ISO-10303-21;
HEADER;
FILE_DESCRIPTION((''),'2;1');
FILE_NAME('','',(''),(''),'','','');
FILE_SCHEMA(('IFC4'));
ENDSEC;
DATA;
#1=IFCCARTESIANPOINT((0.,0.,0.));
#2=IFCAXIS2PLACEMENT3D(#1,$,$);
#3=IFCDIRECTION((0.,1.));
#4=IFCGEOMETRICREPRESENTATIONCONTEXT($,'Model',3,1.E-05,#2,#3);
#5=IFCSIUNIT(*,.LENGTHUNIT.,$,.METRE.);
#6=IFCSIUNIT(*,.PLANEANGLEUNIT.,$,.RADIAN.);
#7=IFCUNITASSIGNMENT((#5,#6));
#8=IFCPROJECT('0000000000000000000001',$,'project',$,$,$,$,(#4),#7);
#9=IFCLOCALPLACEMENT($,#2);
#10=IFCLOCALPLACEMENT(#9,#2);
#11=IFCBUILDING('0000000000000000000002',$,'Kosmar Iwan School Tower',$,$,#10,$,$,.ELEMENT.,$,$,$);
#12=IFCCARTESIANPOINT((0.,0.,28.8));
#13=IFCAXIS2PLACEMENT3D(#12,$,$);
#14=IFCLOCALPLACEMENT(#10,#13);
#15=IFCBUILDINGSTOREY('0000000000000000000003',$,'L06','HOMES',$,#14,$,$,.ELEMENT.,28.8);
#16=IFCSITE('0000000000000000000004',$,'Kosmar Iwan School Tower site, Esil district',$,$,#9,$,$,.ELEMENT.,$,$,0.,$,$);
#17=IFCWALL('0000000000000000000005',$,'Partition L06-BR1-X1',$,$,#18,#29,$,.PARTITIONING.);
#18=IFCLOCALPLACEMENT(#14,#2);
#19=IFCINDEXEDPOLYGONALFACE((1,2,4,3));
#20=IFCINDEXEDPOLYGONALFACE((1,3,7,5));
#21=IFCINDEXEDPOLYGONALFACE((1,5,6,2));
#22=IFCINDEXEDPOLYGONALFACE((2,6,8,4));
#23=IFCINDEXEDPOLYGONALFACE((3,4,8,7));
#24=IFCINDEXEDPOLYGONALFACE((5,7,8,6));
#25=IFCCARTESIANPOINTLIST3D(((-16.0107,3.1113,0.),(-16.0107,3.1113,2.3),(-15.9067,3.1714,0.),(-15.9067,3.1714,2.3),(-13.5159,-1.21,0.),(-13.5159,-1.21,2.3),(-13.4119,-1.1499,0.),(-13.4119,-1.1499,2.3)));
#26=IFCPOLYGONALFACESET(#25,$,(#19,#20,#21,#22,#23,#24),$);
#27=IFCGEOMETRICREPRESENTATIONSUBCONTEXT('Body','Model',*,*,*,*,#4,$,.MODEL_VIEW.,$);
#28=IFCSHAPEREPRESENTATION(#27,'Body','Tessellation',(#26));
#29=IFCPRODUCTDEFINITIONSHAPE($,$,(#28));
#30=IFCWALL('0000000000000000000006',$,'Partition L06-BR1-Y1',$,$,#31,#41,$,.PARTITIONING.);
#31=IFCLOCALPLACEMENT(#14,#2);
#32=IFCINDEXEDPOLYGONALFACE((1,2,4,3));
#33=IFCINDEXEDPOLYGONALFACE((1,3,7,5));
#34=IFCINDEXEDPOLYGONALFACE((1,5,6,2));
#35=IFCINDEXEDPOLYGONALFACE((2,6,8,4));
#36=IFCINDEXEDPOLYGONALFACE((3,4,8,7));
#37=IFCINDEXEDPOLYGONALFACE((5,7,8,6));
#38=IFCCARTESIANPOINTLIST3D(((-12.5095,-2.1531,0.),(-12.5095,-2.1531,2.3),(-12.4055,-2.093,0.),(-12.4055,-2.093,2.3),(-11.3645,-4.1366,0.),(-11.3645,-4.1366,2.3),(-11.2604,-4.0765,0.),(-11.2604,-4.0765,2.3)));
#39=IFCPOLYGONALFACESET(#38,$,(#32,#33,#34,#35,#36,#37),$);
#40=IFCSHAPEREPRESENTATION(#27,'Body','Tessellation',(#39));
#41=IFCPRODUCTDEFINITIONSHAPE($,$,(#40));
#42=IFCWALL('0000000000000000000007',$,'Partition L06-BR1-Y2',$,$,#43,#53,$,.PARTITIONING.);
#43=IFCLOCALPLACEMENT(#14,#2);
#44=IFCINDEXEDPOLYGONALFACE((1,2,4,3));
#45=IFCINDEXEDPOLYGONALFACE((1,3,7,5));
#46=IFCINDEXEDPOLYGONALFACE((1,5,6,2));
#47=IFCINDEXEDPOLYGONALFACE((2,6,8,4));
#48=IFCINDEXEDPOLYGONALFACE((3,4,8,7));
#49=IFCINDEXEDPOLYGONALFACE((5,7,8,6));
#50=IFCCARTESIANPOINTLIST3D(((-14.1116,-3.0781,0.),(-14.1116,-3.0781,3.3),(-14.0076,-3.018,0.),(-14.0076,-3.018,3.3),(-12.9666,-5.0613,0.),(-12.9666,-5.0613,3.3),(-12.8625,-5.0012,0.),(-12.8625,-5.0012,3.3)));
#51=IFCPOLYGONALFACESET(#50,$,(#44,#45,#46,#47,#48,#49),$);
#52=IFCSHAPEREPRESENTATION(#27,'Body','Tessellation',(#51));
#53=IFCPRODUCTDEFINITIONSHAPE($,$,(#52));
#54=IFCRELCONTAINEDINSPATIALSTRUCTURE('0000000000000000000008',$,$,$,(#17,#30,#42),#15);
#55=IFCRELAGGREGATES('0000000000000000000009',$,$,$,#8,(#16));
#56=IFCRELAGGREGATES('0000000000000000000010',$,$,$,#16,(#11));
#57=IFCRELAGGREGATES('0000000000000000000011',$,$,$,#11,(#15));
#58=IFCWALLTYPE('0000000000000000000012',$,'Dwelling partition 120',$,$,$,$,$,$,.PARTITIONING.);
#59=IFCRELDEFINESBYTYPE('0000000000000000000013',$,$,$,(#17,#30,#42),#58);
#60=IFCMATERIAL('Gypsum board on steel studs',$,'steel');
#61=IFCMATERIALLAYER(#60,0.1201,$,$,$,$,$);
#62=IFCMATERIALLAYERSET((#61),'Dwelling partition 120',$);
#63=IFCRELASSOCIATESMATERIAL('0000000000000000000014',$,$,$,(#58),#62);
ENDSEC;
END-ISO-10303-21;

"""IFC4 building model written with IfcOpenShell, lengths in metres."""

from ifc_helpers import new_model, si_unit, direction, frame, frame_2d, origin, place, context, subcontext, project, spatial, rectangle, extrude, material, layer, layer_set, type_object, element, save


model = new_model("IFC4")

# Units and contexts
model_context = context("Model", 3, precision=1e-05, world=origin(), true_north=direction((0.0, 1.0)))
body_context = subcontext(model_context, "Body", "Model", "MODEL_VIEW")
ifc_project = project(units=[si_unit("LENGTHUNIT", "METRE"), si_unit("PLANEANGLEUNIT", "RADIAN")], contexts=[model_context])

# Site, building, storey
site_placement = place(None, origin())
site = spatial("IfcSite", under=ifc_project, at=site_placement, Name="Kosmar Iwan School Tower site, Esil district", CompositionType="ELEMENT", RefElevation=0.0)
building_placement = place(site_placement, origin())
building = spatial("IfcBuilding", under=site, at=building_placement, Name="Kosmar Iwan School Tower", CompositionType="ELEMENT")
storey_placement = place(building_placement, frame((0.0, 0.0, 28.8)))
storey = spatial("IfcBuildingStorey", under=building, at=storey_placement, Name="L06", Description="HOMES", CompositionType="ELEMENT", Elevation=28.8)

# Shared definitions
ifc_material_1 = material(Name="Gypsum board on steel studs", Category="steel")
ifc_layer_1 = layer(ifc_material_1, 0.1201)
ifc_layer_set_1 = layer_set([ifc_layer_1], Name="Dwelling partition 120")
wall_type_1 = type_object("IfcWallType", Name="Dwelling partition 120", PredefinedType="PARTITIONING", material=ifc_layer_set_1)

# Walls
wall_1_placement = place(storey_placement, frame((-13.4639, -1.1799, 0.0), z_axis=(0.0, 0.0, 1.0), x_axis=(-0.499996, 0.866028, 0.0)))
element("IfcWall", 1, at=wall_1_placement, inside=storey, type_object=wall_type_1, Name="Partition L06-BR1-X1", PredefinedType="PARTITIONING", context=body_context, shape_type="SweptSolid", body=[
    extrude(rectangle(XDim=4.9897, YDim=0.1201, at=frame_2d((2.4949, 0.0))), origin(), (0.0, 0.0, 1.0), 2.3),
])
wall_2_placement = place(storey_placement, frame((-11.3125, -4.1064, 0.0), z_axis=(0.0, 0.0, 1.0), x_axis=(-0.499969, 0.866044, 0.0)))
element("IfcWall", 2, at=wall_2_placement, inside=storey, type_object=wall_type_1, Name="Partition L06-BR1-Y1", PredefinedType="PARTITIONING", context=body_context, shape_type="SweptSolid", body=[
    extrude(rectangle(XDim=2.2903, YDim=0.1201, at=frame_2d((1.145, 0.0))), origin(), (0.0, 0.0, 1.0), 2.3),
])
wall_3_placement = place(storey_placement, frame((-12.9146, -5.0312, 0.0), z_axis=(0.0, 0.0, 1.0), x_axis=(-0.500015, 0.866017, 0.0)))
element("IfcWall", 3, at=wall_3_placement, inside=storey, type_object=wall_type_1, Name="Partition L06-BR1-Y2", PredefinedType="PARTITIONING", context=body_context, shape_type="SweptSolid", body=[
    extrude(rectangle(XDim=2.29, YDim=0.1201, at=frame_2d((1.145, 0.0))), origin(), (0.0, 0.0, 1.0), 3.3),
])

save(model, "model.ifc")
